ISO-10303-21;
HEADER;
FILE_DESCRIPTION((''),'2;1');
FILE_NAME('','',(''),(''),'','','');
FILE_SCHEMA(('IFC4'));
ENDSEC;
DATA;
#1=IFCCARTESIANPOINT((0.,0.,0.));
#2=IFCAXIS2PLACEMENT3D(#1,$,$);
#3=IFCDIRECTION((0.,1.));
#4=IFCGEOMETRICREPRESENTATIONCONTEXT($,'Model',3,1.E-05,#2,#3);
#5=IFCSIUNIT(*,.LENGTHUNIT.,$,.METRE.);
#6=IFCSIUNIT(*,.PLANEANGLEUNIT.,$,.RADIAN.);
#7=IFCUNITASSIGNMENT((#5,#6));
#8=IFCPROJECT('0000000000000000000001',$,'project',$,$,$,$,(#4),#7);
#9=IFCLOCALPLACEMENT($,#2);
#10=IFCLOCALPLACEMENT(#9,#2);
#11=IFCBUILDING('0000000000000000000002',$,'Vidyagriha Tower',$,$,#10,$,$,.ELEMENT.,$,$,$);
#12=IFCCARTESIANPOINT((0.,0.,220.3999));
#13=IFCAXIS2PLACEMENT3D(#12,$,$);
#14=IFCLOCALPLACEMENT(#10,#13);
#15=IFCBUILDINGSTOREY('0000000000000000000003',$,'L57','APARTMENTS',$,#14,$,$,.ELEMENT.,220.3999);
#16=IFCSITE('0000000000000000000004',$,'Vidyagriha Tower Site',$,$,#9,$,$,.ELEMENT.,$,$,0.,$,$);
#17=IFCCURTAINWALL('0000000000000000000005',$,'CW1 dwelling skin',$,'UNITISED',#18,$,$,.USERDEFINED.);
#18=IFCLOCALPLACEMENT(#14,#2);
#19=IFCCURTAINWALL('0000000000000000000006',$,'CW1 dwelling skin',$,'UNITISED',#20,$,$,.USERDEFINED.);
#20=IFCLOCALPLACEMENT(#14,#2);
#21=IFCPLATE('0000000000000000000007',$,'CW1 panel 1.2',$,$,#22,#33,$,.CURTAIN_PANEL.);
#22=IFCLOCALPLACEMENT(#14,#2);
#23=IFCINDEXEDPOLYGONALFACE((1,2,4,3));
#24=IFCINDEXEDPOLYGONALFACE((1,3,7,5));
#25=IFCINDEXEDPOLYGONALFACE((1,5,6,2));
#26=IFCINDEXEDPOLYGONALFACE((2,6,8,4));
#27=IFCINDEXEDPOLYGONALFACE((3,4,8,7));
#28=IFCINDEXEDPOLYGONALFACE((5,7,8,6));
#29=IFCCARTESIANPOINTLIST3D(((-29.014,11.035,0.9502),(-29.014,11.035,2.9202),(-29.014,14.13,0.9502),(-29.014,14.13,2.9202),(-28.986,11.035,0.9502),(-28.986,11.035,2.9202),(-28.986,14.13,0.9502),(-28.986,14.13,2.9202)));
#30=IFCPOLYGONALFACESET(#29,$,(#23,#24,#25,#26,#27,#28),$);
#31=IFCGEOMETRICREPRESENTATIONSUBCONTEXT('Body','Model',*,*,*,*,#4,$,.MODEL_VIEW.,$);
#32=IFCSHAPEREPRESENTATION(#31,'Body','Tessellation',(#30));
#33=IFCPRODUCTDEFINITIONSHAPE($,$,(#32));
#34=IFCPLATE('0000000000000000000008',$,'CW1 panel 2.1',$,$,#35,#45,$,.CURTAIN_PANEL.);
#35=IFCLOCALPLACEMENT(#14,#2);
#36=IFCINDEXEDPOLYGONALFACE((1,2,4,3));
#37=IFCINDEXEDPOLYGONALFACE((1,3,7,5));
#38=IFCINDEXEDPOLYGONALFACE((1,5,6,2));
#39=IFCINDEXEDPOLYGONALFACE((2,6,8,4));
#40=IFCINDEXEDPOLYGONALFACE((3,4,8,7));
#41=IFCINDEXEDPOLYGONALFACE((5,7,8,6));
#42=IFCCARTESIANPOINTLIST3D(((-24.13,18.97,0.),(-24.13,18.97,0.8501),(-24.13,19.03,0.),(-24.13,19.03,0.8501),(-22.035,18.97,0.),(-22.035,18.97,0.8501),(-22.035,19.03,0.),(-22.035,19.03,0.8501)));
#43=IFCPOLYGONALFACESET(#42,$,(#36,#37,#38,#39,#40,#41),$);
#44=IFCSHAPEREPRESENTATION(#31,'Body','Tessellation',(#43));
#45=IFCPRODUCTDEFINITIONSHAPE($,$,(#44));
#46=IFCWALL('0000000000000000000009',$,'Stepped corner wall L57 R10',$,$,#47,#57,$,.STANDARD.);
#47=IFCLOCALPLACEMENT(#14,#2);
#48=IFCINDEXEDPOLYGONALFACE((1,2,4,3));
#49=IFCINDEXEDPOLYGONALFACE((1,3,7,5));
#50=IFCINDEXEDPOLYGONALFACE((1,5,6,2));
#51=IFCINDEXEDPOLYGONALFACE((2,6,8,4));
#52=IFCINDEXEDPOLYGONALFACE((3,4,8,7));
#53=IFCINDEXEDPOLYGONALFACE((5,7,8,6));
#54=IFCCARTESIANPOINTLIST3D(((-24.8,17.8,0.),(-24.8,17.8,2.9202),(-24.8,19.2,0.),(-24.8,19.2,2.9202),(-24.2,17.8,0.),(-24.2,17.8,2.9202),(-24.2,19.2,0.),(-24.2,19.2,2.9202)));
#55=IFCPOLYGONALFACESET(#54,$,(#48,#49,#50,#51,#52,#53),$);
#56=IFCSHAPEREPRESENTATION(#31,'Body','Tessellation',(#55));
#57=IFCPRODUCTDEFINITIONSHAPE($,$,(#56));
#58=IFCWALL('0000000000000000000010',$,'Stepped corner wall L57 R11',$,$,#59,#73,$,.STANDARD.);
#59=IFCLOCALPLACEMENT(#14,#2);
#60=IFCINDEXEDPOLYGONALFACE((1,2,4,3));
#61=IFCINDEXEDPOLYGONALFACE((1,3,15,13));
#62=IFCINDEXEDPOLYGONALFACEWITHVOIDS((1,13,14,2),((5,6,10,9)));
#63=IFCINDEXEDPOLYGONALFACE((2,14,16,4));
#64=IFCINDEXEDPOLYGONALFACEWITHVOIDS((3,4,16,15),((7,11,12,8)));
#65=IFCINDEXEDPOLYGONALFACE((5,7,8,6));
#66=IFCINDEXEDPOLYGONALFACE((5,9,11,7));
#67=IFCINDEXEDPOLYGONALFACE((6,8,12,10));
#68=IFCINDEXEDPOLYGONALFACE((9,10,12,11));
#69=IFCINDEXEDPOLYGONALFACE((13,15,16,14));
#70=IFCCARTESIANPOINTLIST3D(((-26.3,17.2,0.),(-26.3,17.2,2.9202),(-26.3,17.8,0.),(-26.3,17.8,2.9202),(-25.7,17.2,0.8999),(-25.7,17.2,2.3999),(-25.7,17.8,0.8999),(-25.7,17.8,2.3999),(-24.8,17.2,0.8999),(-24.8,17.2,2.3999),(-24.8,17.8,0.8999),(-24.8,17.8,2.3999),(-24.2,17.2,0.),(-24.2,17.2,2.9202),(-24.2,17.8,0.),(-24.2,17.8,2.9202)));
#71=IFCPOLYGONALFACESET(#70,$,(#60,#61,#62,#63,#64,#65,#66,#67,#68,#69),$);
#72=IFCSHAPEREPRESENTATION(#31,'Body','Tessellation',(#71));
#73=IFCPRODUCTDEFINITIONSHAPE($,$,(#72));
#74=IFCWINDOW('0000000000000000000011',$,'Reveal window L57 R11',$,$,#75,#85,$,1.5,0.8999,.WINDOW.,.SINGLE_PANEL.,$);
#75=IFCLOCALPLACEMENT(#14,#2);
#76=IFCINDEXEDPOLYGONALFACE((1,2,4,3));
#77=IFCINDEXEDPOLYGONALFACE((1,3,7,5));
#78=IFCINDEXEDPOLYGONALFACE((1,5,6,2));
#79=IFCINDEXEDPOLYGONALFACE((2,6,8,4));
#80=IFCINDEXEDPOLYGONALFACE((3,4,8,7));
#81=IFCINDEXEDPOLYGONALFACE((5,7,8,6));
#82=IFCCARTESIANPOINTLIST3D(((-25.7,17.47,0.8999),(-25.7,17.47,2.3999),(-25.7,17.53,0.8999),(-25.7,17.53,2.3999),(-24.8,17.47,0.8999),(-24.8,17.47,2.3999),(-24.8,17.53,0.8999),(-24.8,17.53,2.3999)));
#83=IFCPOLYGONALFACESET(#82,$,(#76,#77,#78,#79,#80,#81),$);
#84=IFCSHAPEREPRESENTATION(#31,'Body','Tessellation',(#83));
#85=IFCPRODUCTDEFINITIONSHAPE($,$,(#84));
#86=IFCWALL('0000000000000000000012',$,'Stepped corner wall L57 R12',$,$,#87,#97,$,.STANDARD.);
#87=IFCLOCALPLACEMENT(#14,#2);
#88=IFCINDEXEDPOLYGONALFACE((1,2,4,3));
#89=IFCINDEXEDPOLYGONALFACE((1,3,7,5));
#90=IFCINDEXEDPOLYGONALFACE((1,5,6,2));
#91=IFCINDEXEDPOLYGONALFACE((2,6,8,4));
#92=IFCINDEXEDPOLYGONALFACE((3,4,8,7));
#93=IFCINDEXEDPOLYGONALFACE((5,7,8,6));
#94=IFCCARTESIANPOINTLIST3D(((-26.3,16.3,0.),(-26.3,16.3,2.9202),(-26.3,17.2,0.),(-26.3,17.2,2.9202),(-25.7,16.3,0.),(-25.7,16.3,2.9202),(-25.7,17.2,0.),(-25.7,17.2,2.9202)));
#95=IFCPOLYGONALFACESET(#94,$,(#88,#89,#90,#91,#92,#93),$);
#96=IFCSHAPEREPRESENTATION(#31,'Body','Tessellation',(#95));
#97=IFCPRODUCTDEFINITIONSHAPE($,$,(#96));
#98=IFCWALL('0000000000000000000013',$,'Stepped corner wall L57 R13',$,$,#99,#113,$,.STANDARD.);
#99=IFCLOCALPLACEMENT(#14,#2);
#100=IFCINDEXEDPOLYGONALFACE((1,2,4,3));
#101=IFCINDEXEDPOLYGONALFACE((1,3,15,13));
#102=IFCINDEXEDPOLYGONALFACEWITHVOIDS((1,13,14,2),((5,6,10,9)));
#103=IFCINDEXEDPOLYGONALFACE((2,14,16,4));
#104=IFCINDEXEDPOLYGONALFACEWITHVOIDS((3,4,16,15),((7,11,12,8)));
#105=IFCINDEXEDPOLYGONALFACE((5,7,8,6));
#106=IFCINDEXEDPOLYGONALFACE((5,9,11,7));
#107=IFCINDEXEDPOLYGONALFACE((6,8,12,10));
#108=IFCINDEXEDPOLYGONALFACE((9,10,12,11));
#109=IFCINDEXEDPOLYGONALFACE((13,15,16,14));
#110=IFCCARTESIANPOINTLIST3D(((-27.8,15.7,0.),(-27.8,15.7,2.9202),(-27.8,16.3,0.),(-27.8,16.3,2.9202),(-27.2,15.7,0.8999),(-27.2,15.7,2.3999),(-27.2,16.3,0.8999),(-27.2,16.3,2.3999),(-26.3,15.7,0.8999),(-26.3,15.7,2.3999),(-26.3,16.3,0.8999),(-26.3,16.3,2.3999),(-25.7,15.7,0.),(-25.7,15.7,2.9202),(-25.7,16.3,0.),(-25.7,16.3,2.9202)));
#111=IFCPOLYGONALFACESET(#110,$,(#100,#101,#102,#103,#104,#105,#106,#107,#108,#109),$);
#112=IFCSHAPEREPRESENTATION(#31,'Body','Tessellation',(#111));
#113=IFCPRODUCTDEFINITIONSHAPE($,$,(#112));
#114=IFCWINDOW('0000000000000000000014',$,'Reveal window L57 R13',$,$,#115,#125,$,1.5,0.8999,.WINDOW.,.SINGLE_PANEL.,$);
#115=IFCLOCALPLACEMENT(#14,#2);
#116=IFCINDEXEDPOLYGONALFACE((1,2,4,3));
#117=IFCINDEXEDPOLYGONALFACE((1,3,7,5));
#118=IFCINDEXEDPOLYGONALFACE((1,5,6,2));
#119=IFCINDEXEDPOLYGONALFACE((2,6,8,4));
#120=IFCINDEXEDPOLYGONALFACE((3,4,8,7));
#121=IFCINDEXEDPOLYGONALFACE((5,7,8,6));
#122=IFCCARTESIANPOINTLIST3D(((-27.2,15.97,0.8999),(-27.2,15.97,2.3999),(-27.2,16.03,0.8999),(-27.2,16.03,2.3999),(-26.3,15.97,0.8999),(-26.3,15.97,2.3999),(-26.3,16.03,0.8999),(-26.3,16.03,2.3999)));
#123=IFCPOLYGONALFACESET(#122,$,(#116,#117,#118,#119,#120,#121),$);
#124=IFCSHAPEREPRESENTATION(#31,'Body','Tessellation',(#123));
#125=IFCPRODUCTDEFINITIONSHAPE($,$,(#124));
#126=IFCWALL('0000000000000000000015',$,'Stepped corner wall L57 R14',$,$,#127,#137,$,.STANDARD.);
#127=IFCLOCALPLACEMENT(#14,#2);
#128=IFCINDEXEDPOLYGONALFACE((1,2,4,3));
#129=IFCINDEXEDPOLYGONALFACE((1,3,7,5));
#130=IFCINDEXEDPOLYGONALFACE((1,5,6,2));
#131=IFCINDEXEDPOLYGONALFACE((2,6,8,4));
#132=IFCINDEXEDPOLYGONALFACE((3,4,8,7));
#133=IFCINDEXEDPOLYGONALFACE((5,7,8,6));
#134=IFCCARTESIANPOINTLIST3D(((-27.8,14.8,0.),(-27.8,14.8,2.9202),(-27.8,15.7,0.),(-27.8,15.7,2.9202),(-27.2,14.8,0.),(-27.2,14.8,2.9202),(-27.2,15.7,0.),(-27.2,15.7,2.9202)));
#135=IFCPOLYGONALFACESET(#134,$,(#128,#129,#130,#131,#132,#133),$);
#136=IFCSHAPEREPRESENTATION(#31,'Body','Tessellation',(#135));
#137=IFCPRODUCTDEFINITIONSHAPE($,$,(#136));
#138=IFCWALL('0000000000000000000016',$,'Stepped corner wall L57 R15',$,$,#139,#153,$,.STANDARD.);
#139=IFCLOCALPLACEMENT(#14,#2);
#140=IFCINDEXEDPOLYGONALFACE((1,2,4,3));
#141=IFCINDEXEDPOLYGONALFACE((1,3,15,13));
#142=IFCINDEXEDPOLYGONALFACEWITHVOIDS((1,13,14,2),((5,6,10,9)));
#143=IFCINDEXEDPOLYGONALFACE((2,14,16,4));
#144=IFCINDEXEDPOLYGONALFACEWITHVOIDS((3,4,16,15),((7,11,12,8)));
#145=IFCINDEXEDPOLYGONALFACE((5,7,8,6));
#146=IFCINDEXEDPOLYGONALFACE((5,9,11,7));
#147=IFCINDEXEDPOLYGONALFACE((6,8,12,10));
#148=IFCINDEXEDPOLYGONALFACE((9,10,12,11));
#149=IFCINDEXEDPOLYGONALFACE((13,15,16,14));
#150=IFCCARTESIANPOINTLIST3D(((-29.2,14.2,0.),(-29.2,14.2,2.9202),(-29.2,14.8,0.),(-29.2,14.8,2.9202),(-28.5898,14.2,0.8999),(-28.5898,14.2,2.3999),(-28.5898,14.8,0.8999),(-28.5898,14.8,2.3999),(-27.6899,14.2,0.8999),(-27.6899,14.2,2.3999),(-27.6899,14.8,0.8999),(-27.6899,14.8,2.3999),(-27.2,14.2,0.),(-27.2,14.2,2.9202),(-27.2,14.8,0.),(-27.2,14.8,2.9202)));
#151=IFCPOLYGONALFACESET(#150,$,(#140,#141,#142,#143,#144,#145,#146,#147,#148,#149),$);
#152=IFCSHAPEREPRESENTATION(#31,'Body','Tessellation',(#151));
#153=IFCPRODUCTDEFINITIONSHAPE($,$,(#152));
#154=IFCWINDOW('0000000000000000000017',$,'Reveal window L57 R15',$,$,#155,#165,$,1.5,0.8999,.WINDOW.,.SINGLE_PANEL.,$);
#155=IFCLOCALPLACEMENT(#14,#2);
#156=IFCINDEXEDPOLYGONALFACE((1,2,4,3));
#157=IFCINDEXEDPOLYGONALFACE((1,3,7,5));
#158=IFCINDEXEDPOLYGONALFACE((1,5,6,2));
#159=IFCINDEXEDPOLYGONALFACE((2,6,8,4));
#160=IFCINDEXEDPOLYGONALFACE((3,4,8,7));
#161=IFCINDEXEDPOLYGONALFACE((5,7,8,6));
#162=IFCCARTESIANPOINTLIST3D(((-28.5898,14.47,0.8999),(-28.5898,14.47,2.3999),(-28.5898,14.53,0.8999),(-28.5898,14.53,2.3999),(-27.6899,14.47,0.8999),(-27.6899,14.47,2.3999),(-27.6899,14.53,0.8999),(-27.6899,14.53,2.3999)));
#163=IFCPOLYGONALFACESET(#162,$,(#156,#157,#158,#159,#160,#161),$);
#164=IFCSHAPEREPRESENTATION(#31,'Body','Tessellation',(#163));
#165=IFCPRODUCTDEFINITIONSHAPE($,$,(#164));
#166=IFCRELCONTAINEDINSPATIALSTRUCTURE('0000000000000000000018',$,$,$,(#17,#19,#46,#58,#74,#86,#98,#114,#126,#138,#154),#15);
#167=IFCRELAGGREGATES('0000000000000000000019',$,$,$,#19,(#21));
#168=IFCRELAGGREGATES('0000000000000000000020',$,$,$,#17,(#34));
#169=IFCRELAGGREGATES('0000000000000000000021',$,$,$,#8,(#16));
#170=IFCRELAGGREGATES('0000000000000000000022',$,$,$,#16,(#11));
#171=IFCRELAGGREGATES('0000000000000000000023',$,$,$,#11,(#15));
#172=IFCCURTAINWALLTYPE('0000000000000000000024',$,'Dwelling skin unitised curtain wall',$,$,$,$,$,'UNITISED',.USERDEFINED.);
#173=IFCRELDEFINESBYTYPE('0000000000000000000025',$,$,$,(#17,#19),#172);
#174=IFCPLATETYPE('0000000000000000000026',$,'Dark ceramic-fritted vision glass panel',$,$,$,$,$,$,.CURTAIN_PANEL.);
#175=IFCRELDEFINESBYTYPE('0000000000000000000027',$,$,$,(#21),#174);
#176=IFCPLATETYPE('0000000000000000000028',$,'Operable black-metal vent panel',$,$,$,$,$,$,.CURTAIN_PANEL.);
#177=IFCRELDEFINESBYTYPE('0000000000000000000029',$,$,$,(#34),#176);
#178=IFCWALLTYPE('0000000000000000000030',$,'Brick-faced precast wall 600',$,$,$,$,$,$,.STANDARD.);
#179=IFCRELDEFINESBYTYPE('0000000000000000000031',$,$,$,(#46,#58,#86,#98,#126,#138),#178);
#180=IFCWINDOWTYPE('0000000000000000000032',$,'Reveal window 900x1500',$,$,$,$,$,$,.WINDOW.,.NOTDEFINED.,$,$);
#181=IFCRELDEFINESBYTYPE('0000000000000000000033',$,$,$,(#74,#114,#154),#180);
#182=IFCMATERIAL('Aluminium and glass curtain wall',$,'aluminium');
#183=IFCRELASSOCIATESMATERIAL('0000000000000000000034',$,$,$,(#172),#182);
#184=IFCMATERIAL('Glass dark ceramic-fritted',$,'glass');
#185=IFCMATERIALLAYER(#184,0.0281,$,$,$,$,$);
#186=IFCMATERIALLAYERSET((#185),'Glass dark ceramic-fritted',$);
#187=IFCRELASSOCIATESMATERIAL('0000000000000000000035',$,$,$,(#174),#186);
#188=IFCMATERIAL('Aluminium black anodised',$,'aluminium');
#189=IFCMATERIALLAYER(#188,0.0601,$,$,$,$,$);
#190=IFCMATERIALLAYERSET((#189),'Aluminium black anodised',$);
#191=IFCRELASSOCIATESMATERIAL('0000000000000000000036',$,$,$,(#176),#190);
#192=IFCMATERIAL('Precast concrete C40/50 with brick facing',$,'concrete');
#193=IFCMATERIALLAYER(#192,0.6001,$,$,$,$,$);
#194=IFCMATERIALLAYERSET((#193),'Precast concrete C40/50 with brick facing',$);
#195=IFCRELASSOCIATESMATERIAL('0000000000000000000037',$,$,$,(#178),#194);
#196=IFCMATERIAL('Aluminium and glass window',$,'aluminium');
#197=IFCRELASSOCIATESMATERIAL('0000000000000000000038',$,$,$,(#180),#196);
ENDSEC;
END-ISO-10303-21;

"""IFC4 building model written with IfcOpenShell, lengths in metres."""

from ifc_helpers import new_model, si_unit, direction, frame, frame_2d, origin, origin_2d, place, context, subcontext, project, spatial, rectangle, extrude, material, layer, layer_set, type_object, element, fill, aggregate, save


model = new_model("IFC4")

# Units and contexts
model_context = context("Model", 3, precision=1e-05, world=origin(), true_north=direction((0.0, 1.0)))
body_context = subcontext(model_context, "Body", "Model", "MODEL_VIEW")
ifc_project = project(units=[si_unit("LENGTHUNIT", "METRE"), si_unit("PLANEANGLEUNIT", "RADIAN")], contexts=[model_context])

# Site, building, storey
site_placement = place(None, origin())
site = spatial("IfcSite", under=ifc_project, at=site_placement, Name="Vidyagriha Tower Site", CompositionType="ELEMENT", RefElevation=0.0)
building_placement = place(site_placement, origin())
building = spatial("IfcBuilding", under=site, at=building_placement, Name="Vidyagriha Tower", CompositionType="ELEMENT")
storey_placement = place(building_placement, frame((0.0, 0.0, 220.3999)))
storey = spatial("IfcBuildingStorey", under=building, at=storey_placement, Name="L57", Description="APARTMENTS", CompositionType="ELEMENT", Elevation=220.3999)

# Curtain wall
ifc_material_1 = material(Name="Aluminium and glass curtain wall", Category="aluminium")
curtain_wall_type = type_object("IfcCurtainWallType", Name="Dwelling skin unitised curtain wall", ElementType="UNITISED", PredefinedType="USERDEFINED", material=ifc_material_1)
curtain_wall_1_placement = place(storey_placement, origin())
curtain_wall_1 = element("IfcCurtainWall", 1, at=curtain_wall_1_placement, inside=storey, type_object=curtain_wall_type, Name="CW1 dwelling skin", ObjectType="UNITISED", PredefinedType="USERDEFINED")

# Curtain wall
curtain_wall_2_placement = place(storey_placement, origin())
curtain_wall_2 = element("IfcCurtainWall", 2, at=curtain_wall_2_placement, inside=storey, type_object=curtain_wall_type, Name="CW1 dwelling skin", ObjectType="UNITISED", PredefinedType="USERDEFINED")

# Plates
ifc_material_2 = material(Name="Glass dark ceramic-fritted", Category="glass")
ifc_layer_1 = layer(ifc_material_2, 0.0281)
ifc_layer_set_1 = layer_set([ifc_layer_1], Name="Glass dark ceramic-fritted")
plate_type_1 = type_object("IfcPlateType", Name="Dark ceramic-fritted vision glass panel", PredefinedType="CURTAIN_PANEL", material=ifc_layer_set_1)
plate_1_placement = place(storey_placement, frame((-29.0, 12.5825, 0.9502), z_axis=(0.0, 0.0, 1.0), x_axis=(0.0, -1.0, 0.0)))
plate_1 = element("IfcPlate", 3, at=plate_1_placement, type_object=plate_type_1, Name="CW1 panel 1.2", PredefinedType="CURTAIN_PANEL", context=body_context, shape_type="SweptSolid", body=[
    extrude(rectangle(XDim=3.095, YDim=0.0281, at=origin_2d()), origin(), (0.0, 0.0, 1.0), 1.97),
])
aggregate(curtain_wall_2, [plate_1])
ifc_material_3 = material(Name="Aluminium black anodised", Category="aluminium")
ifc_layer_2 = layer(ifc_material_3, 0.0601)
ifc_layer_set_2 = layer_set([ifc_layer_2], Name="Aluminium black anodised")
plate_type_2 = type_object("IfcPlateType", Name="Operable black-metal vent panel", PredefinedType="CURTAIN_PANEL", material=ifc_layer_set_2)
plate_2_placement = place(storey_placement, frame((-23.0825, 19.0, 0.0), z_axis=(0.0, 0.0, 1.0), x_axis=(-1.0, 0.0, 0.0)))
plate_2 = element("IfcPlate", 4, at=plate_2_placement, type_object=plate_type_2, Name="CW1 panel 2.1", PredefinedType="CURTAIN_PANEL", context=body_context, shape_type="SweptSolid", body=[
    extrude(rectangle(XDim=2.095, YDim=0.0601, at=origin_2d()), origin(), (0.0, 0.0, 1.0), 0.8501),
])
aggregate(curtain_wall_1, [plate_2])

# Wall
ifc_material_4 = material(Name="Precast concrete C40/50 with brick facing", Category="concrete")
ifc_layer_3 = layer(ifc_material_4, 0.6001)
ifc_layer_set_3 = layer_set([ifc_layer_3], Name="Precast concrete C40/50 with brick facing")
wall_type_1 = type_object("IfcWallType", Name="Brick-faced precast wall 600", PredefinedType="STANDARD", material=ifc_layer_set_3)
wall_1_placement = place(storey_placement, frame((-24.5, 19.2, 0.0), z_axis=(0.0, 0.0, 1.0), x_axis=(0.0, -1.0, 0.0)))
element("IfcWall", 5, at=wall_1_placement, inside=storey, type_object=wall_type_1, Name="Stepped corner wall L57 R10", PredefinedType="STANDARD", context=body_context, shape_type="SweptSolid", body=[
    extrude(rectangle(XDim=1.3999, YDim=0.6001, at=frame_2d((0.7, 0.0))), origin(), (0.0, 0.0, 1.0), 2.9202),
])

# Wall, opening, window
wall_2_placement = place(storey_placement, frame((-24.2, 17.5, 0.0), z_axis=(0.0, 0.0, 1.0), x_axis=(-1.0, 0.0, 0.0)))
wall_2 = element("IfcWall", 6, at=wall_2_placement, inside=storey, type_object=wall_type_1, Name="Stepped corner wall L57 R11", PredefinedType="STANDARD", context=body_context, shape_type="SweptSolid", body=[
    extrude(rectangle(XDim=2.1001, YDim=0.6001, at=frame_2d((1.05, 0.0))), origin(), (0.0, 0.0, 1.0), 2.9202),
])
opening_1_placement = place(wall_2_placement, frame((0.6001, 0.0, 0.8999)))
opening_1 = element("IfcOpeningElement", 7, at=opening_1_placement, cuts=wall_2, PredefinedType="OPENING", context=body_context, shape_type="SweptSolid", body=[
    extrude(rectangle(XDim=0.8999, YDim=1.5, at=frame_2d((0.45, 0.75))), frame((0.0, 0.3101, 0.0), z_axis=(0.0, -1.0, 0.0), x_axis=(1.0, 0.0, 0.0)), (0.0, 0.0, 1.0), 0.6201),
])
ifc_material_5 = material(Name="Aluminium and glass window", Category="aluminium")
window_type = type_object("IfcWindowType", Name="Reveal window 900x1500", PartitioningType="NOTDEFINED", PredefinedType="WINDOW", material=ifc_material_5)
window_1_placement = place(opening_1_placement, origin())
window_1 = element("IfcWindow", 8, at=window_1_placement, inside=storey, type_object=window_type, Name="Reveal window L57 R11", OverallHeight=1.5, OverallWidth=0.8999, PartitioningType="SINGLE_PANEL", PredefinedType="WINDOW", context=body_context, shape_type="SweptSolid", body=[
    extrude(rectangle(XDim=0.8999, YDim=1.5, at=frame_2d((0.45, 0.75))), frame((0.0, 0.03, 0.0), z_axis=(0.0, -1.0, 0.0), x_axis=(1.0, 0.0, 0.0)), (0.0, 0.0, 1.0), 0.0601),
])
fill(opening_1, window_1)

# Wall
wall_3_placement = place(storey_placement, frame((-26.0, 17.2, 0.0), z_axis=(0.0, 0.0, 1.0), x_axis=(0.0, -1.0, 0.0)))
element("IfcWall", 9, at=wall_3_placement, inside=storey, type_object=wall_type_1, Name="Stepped corner wall L57 R12", PredefinedType="STANDARD", context=body_context, shape_type="SweptSolid", body=[
    extrude(rectangle(XDim=0.8999, YDim=0.6001, at=frame_2d((0.45, 0.0))), origin(), (0.0, 0.0, 1.0), 2.9202),
])

# Wall, opening, window
wall_4_placement = place(storey_placement, frame((-25.7, 16.0, 0.0), z_axis=(0.0, 0.0, 1.0), x_axis=(-1.0, 0.0, 0.0)))
wall_4 = element("IfcWall", 10, at=wall_4_placement, inside=storey, type_object=wall_type_1, Name="Stepped corner wall L57 R13", PredefinedType="STANDARD", context=body_context, shape_type="SweptSolid", body=[
    extrude(rectangle(XDim=2.1001, YDim=0.6001, at=frame_2d((1.05, 0.0))), origin(), (0.0, 0.0, 1.0), 2.9202),
])
opening_2_placement = place(wall_4_placement, frame((0.6001, 0.0, 0.8999)))
opening_2 = element("IfcOpeningElement", 11, at=opening_2_placement, cuts=wall_4, PredefinedType="OPENING", context=body_context, shape_type="SweptSolid", body=[
    extrude(rectangle(XDim=0.8999, YDim=1.5, at=frame_2d((0.45, 0.75))), frame((0.0, 0.3101, 0.0), z_axis=(0.0, -1.0, 0.0), x_axis=(1.0, 0.0, 0.0)), (0.0, 0.0, 1.0), 0.6201),
])
window_2_placement = place(opening_2_placement, origin())
window_2 = element("IfcWindow", 12, at=window_2_placement, inside=storey, type_object=window_type, Name="Reveal window L57 R13", OverallHeight=1.5, OverallWidth=0.8999, PartitioningType="SINGLE_PANEL", PredefinedType="WINDOW", context=body_context, shape_type="SweptSolid", body=[
    extrude(rectangle(XDim=0.8999, YDim=1.5, at=frame_2d((0.45, 0.75))), frame((0.0, 0.03, 0.0), z_axis=(0.0, -1.0, 0.0), x_axis=(1.0, 0.0, 0.0)), (0.0, 0.0, 1.0), 0.0601),
])
fill(opening_2, window_2)

# Wall
wall_5_placement = place(storey_placement, frame((-27.5, 15.7, 0.0), z_axis=(0.0, 0.0, 1.0), x_axis=(0.0, -1.0, 0.0)))
element("IfcWall", 13, at=wall_5_placement, inside=storey, type_object=wall_type_1, Name="Stepped corner wall L57 R14", PredefinedType="STANDARD", context=body_context, shape_type="SweptSolid", body=[
    extrude(rectangle(XDim=0.8999, YDim=0.6001, at=frame_2d((0.45, 0.0))), origin(), (0.0, 0.0, 1.0), 2.9202),
])

# Wall, opening, window
wall_6_placement = place(storey_placement, frame((-27.2, 14.5, 0.0), z_axis=(0.0, 0.0, 1.0), x_axis=(-1.0, 0.0, 0.0)))
wall_6 = element("IfcWall", 14, at=wall_6_placement, inside=storey, type_object=wall_type_1, Name="Stepped corner wall L57 R15", PredefinedType="STANDARD", context=body_context, shape_type="SweptSolid", body=[
    extrude(rectangle(XDim=2.0, YDim=0.6001, at=frame_2d((1.0, 0.0))), origin(), (0.0, 0.0, 1.0), 2.9202),
])
opening_3_placement = place(wall_6_placement, frame((0.49, 0.0, 0.8999)))
opening_3 = element("IfcOpeningElement", 15, at=opening_3_placement, cuts=wall_6, PredefinedType="OPENING", context=body_context, shape_type="SweptSolid", body=[
    extrude(rectangle(XDim=0.8999, YDim=1.5, at=frame_2d((0.45, 0.75))), frame((0.0, 0.3101, 0.0), z_axis=(0.0, -1.0, 0.0), x_axis=(1.0, 0.0, 0.0)), (0.0, 0.0, 1.0), 0.6201),
])
window_3_placement = place(opening_3_placement, origin())
window_3 = element("IfcWindow", 16, at=window_3_placement, inside=storey, type_object=window_type, Name="Reveal window L57 R15", OverallHeight=1.5, OverallWidth=0.8999, PartitioningType="SINGLE_PANEL", PredefinedType="WINDOW", context=body_context, shape_type="SweptSolid", body=[
    extrude(rectangle(XDim=0.8999, YDim=1.5, at=frame_2d((0.45, 0.75))), frame((0.0, 0.03, 0.0), z_axis=(0.0, -1.0, 0.0), x_axis=(1.0, 0.0, 0.0)), (0.0, 0.0, 1.0), 0.0601),
])
fill(opening_3, window_3)

save(model, "model.ifc")
